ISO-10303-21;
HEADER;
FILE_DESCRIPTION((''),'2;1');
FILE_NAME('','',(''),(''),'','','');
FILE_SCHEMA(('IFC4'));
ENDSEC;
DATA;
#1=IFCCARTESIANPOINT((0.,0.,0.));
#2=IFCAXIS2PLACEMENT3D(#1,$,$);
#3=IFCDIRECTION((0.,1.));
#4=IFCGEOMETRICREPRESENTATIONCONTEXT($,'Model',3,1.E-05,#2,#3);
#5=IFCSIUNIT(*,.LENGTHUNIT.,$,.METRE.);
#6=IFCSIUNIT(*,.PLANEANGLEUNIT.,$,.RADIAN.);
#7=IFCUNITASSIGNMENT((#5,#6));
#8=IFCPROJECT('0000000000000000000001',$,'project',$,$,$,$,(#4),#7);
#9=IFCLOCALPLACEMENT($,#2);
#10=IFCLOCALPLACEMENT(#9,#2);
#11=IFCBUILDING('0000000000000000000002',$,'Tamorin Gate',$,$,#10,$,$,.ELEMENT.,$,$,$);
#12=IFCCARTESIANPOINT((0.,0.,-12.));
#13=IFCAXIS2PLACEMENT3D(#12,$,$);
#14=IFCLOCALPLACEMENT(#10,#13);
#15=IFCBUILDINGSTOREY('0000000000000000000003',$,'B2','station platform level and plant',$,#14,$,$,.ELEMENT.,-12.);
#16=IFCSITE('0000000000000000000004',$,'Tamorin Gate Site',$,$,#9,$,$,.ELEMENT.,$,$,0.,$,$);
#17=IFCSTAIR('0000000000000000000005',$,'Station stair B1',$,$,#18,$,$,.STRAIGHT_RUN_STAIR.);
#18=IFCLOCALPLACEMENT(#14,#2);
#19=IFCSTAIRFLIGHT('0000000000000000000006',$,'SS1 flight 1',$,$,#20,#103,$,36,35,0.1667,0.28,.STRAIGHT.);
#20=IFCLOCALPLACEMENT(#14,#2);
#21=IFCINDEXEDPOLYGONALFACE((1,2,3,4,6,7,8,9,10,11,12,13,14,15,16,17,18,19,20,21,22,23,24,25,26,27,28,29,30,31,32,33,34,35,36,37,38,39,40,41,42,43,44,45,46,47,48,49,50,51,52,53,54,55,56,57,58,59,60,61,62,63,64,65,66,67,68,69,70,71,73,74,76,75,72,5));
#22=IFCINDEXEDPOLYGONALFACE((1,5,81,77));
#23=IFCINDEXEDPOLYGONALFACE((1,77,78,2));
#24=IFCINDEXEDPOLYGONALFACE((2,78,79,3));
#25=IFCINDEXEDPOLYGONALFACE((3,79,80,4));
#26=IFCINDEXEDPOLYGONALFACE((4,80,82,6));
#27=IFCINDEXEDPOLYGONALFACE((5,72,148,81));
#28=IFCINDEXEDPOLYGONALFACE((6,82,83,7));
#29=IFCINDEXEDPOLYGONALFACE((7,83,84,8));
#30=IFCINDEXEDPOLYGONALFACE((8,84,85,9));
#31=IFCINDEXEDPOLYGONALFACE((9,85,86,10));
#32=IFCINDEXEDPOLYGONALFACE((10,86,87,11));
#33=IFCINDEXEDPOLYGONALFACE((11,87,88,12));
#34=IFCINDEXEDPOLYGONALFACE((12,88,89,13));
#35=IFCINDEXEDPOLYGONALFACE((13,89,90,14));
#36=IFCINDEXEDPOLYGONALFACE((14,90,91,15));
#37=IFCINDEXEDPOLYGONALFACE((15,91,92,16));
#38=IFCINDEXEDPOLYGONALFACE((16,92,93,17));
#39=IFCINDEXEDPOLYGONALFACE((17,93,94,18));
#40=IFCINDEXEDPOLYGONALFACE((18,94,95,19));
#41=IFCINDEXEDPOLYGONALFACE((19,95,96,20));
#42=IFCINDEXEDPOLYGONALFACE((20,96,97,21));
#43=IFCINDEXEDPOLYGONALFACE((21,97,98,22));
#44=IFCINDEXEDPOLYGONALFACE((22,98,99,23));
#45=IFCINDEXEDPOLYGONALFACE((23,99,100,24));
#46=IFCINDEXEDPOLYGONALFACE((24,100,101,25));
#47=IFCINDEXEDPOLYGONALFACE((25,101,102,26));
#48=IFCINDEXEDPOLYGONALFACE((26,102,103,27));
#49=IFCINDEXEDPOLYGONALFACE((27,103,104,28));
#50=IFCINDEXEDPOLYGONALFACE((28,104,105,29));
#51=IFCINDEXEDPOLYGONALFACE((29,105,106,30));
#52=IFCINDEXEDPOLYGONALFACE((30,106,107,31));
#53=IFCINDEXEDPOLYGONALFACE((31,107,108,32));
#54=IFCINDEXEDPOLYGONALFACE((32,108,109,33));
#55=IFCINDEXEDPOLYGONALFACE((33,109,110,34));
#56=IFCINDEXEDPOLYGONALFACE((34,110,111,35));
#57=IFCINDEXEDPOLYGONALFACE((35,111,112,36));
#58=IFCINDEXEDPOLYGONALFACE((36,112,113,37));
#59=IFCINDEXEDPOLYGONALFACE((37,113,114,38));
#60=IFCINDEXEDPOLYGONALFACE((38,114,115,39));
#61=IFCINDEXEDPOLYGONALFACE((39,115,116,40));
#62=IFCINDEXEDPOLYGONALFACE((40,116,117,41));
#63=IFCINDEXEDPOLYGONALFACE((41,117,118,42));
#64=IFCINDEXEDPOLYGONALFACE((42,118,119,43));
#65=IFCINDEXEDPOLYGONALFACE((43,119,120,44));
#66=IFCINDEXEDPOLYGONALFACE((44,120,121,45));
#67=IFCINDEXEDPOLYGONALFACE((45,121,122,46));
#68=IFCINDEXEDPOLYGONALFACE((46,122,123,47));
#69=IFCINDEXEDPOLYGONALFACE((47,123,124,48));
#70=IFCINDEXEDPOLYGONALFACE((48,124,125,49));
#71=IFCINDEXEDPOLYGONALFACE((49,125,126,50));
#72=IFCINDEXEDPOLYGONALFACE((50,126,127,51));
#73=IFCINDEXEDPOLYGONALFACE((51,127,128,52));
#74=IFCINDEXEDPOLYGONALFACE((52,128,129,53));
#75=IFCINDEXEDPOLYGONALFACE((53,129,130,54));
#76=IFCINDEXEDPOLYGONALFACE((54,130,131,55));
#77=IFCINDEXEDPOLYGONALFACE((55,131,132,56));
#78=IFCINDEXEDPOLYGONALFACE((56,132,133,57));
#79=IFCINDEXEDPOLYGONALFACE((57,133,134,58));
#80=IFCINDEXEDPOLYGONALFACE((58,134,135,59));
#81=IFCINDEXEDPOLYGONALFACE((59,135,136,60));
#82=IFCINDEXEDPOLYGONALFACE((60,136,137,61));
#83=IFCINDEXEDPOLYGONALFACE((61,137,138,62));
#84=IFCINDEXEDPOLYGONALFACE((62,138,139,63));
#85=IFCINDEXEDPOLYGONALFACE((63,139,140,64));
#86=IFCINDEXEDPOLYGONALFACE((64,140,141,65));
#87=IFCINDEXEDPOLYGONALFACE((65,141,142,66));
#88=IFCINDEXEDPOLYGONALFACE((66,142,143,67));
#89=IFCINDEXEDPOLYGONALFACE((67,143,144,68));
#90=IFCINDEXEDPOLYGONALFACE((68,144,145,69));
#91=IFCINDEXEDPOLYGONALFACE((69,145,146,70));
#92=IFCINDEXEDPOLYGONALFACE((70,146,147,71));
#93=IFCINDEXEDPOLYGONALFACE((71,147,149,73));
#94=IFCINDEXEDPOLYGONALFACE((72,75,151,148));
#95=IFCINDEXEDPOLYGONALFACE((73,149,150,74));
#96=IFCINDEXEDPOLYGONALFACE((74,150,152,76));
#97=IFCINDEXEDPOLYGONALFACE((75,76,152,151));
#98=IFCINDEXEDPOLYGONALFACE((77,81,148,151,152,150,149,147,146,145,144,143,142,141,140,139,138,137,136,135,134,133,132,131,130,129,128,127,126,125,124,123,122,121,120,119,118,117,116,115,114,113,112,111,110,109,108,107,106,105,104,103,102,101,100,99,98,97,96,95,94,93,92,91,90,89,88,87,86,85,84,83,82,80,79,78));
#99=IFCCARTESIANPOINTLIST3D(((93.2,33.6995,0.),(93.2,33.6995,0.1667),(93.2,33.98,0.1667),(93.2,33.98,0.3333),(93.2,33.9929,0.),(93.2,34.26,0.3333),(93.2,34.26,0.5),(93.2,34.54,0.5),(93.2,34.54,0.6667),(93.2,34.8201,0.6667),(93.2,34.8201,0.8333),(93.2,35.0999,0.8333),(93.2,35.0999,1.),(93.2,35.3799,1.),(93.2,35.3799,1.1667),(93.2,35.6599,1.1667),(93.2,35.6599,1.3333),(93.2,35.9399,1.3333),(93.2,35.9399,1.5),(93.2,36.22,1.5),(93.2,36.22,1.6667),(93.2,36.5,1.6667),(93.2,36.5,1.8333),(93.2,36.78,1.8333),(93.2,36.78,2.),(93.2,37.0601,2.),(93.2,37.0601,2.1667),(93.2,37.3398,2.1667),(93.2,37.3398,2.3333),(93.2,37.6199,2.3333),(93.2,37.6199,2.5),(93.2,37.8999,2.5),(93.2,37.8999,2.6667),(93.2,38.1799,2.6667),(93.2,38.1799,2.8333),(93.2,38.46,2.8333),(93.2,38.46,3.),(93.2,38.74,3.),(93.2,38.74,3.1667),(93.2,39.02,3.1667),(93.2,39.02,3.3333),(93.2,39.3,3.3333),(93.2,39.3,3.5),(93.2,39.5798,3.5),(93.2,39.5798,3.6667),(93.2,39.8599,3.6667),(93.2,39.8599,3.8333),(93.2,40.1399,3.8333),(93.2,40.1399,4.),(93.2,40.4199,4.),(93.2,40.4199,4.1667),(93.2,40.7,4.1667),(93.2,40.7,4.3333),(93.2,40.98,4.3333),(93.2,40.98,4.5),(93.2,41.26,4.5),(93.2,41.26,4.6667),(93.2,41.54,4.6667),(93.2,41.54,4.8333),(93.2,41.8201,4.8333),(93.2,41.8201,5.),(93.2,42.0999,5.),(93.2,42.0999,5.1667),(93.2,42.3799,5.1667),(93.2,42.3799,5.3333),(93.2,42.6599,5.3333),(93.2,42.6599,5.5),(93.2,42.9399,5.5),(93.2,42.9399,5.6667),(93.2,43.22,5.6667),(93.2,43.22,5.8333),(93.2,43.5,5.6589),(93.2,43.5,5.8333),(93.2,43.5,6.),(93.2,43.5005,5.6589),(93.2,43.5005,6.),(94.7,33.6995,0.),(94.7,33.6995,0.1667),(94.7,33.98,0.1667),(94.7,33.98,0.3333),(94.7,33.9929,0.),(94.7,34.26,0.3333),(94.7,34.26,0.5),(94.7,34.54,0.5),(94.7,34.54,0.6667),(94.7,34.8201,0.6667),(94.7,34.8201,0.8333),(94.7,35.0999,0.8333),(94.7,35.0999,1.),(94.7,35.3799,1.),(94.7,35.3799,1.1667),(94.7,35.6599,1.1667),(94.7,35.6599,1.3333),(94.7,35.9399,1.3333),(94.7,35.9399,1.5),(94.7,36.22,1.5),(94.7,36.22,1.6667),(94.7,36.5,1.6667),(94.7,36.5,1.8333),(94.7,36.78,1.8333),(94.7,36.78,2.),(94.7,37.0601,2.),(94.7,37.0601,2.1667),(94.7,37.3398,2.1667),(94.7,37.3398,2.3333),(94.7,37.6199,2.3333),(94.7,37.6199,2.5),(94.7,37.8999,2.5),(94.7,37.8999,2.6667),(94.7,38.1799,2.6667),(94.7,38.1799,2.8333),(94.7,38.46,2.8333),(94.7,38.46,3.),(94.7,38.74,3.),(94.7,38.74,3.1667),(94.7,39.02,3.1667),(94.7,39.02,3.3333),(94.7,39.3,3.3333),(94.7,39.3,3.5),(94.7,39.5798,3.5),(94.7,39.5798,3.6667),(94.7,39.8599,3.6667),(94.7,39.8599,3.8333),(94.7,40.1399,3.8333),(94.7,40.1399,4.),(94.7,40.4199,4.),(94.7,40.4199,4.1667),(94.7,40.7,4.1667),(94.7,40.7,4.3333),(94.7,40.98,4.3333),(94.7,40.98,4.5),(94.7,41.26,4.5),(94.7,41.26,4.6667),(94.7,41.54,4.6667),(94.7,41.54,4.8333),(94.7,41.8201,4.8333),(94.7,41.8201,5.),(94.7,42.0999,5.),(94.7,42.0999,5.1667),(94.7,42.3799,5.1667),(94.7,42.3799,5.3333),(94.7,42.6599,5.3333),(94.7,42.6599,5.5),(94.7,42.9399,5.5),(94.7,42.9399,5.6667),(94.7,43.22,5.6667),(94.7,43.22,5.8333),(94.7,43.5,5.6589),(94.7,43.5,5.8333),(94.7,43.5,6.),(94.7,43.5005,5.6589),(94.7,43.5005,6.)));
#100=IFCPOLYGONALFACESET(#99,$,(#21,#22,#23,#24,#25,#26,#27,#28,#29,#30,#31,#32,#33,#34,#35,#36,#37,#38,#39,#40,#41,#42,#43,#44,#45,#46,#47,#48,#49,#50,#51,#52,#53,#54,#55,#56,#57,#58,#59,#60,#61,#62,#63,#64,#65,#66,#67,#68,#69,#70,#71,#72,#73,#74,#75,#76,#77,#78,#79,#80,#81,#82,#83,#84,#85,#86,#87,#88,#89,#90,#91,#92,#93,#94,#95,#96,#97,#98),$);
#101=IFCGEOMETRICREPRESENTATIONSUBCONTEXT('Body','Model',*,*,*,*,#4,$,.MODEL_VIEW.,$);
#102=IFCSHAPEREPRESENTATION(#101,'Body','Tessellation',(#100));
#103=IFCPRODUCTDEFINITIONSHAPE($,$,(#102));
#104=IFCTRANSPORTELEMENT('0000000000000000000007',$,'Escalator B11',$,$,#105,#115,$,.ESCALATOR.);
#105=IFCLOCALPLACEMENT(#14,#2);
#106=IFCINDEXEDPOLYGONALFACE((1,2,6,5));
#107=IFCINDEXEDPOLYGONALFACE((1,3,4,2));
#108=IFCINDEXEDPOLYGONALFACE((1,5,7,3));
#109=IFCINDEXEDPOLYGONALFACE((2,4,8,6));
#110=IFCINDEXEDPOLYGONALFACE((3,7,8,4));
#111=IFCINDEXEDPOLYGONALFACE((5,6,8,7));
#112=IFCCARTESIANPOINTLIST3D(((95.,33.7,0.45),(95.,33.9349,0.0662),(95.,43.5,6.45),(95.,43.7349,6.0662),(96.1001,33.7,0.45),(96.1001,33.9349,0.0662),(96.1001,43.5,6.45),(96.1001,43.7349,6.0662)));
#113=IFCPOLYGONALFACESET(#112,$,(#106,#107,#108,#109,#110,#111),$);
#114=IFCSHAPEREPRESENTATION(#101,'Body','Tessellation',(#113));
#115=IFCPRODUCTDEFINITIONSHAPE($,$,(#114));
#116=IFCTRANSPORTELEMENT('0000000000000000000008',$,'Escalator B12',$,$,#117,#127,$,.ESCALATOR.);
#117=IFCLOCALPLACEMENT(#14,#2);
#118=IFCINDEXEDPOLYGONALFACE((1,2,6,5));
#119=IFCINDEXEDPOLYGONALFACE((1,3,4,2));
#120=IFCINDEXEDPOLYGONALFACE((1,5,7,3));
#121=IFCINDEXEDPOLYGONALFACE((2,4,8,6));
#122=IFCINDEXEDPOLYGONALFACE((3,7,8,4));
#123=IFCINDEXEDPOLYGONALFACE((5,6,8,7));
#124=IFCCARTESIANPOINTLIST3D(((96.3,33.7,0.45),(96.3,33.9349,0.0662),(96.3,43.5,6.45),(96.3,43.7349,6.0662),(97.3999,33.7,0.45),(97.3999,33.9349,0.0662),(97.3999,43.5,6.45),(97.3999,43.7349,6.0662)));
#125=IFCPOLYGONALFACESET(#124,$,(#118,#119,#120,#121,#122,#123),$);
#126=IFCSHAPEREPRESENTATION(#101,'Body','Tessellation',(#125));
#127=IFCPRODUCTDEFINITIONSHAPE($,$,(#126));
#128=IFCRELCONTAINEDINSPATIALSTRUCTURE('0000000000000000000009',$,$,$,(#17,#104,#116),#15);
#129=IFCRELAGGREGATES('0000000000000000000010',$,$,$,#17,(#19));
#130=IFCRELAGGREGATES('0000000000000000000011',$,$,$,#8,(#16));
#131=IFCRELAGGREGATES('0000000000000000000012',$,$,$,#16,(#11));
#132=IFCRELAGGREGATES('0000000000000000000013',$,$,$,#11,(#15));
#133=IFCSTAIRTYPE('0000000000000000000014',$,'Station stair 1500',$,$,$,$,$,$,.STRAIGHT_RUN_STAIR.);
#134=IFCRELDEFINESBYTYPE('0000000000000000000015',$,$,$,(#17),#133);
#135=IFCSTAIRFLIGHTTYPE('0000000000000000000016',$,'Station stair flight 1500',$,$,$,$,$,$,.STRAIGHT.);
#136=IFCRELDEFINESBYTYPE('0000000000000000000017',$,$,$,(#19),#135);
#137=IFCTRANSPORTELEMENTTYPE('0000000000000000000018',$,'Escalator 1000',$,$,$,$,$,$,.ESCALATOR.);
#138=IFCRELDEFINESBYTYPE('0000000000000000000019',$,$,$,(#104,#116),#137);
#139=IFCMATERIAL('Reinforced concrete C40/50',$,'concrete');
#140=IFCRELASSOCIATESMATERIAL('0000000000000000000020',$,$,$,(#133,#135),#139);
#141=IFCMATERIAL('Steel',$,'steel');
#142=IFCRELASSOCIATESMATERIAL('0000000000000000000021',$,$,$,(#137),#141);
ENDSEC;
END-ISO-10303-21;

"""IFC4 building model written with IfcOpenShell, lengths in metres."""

from ifc_helpers import new_model, si_unit, direction, frame, origin, place, context, subcontext, project, spatial, polyline, outline, extrude, material, type_object, element, aggregate, save


model = new_model("IFC4")

# Units and contexts
model_context = context("Model", 3, precision=1e-05, world=origin(), true_north=direction((0.0, 1.0)))
body_context = subcontext(model_context, "Body", "Model", "MODEL_VIEW")
ifc_project = project(units=[si_unit("LENGTHUNIT", "METRE"), si_unit("PLANEANGLEUNIT", "RADIAN")], contexts=[model_context])

# Site, building, storey
site_placement = place(None, origin())
site = spatial("IfcSite", under=ifc_project, at=site_placement, Name="Tamorin Gate Site", CompositionType="ELEMENT", RefElevation=0.0)
building_placement = place(site_placement, origin())
building = spatial("IfcBuilding", under=site, at=building_placement, Name="Tamorin Gate", CompositionType="ELEMENT")
storey_placement = place(building_placement, frame((0.0, 0.0, -12.0)))
storey = spatial("IfcBuildingStorey", under=building, at=storey_placement, Name="B2", Description="station platform level and plant", CompositionType="ELEMENT", Elevation=-12.0)

# Stair, stair flight
ifc_material_1 = material(Name="Reinforced concrete C40/50", Category="concrete")
stair_type = type_object("IfcStairType", Name="Station stair 1500", PredefinedType="STRAIGHT_RUN_STAIR", material=ifc_material_1)
stair_placement = place(storey_placement, origin())
stair = element("IfcStair", 1, at=stair_placement, inside=storey, type_object=stair_type, Name="Station stair B1", PredefinedType="STRAIGHT_RUN_STAIR")
stair_flight_type = type_object("IfcStairFlightType", Name="Station stair flight 1500", PredefinedType="STRAIGHT", material=ifc_material_1)
stair_flight_placement = place(storey_placement, frame((93.95, 33.7, 0.0), z_axis=(0.0, 0.0, 1.0), x_axis=(0.0, 1.0, 0.0)))
stair_flight = element("IfcStairFlight", 2, at=stair_flight_placement, type_object=stair_flight_type, Name="SS1 flight 1", NumberOfRisers=36, NumberOfTreads=35, PredefinedType="STRAIGHT", RiserHeight=0.1667, TreadLength=0.28, context=body_context, shape_type="SweptSolid", body=[
    extrude(outline(polyline([(-0.0005, 0.0), (-0.0005, 0.1667), (0.28, 0.1667), (0.28, 0.3333), (0.5601, 0.3333), (0.5601, 0.5), (0.8401, 0.5), (0.8401, 0.6667), (1.1201, 0.6667), (1.1201, 0.8333), (1.3999, 0.8333), (1.3999, 1.0), (1.6799, 1.0), (1.6799, 1.1667), (1.96, 1.1667), (1.96, 1.3333), (2.24, 1.3333), (2.24, 1.5), (2.52, 1.5), (2.52, 1.6667), (2.8, 1.6667), (2.8, 1.8333), (3.0801, 1.8333), (3.0801, 2.0), (3.3601, 2.0), (3.3601, 2.1667), (3.6399, 2.1667), (3.6399, 2.3333), (3.9199, 2.3333), (3.9199, 2.5), (4.2, 2.5), (4.2, 2.6667), (4.48, 2.6667), (4.48, 2.8333), (4.76, 2.8333), (4.76, 3.0), (5.04, 3.0), (5.04, 3.1667), (5.3201, 3.1667), (5.3201, 3.3333), (5.6001, 3.3333), (5.6001, 3.5), (5.8799, 3.5), (5.8799, 3.6667), (6.1599, 3.6667), (6.1599, 3.8333), (6.4399, 3.8333), (6.4399, 4.0), (6.72, 4.0), (6.72, 4.1667), (7.0, 4.1667), (7.0, 4.3333), (7.28, 4.3333), (7.28, 4.5), (7.5601, 4.5), (7.5601, 4.6667), (7.8401, 4.6667), (7.8401, 4.8333), (8.1201, 4.8333), (8.1201, 5.0), (8.3999, 5.0), (8.3999, 5.1667), (8.6799, 5.1667), (8.6799, 5.3333), (8.96, 5.3333), (8.96, 5.5), (9.24, 5.5), (9.24, 5.6667), (9.52, 5.6667), (9.52, 5.8333), (9.8, 5.8333), (9.8, 6.0), (9.8005, 6.0), (9.8005, 5.6589), (9.8, 5.6589), (0.293, 0.0), (-0.0005, 0.0)])), frame((0.0, 0.75, 0.0), z_axis=(0.0, -1.0, 0.0), x_axis=(1.0, 0.0, 0.0)), (0.0, 0.0, 1.0), 1.5),
])
aggregate(stair, [stair_flight])

# Transport elements
ifc_material_2 = material(Name="Steel", Category="steel")
transport_element_type = type_object("IfcTransportElementType", Name="Escalator 1000", PredefinedType="ESCALATOR", material=ifc_material_2)
transport_element_1_placement = place(storey_placement, frame((95.0, 33.7, 0.45), z_axis=(0.0, -0.522152, 0.852852), x_axis=(1.0, 0.0, 0.0)))
element("IfcTransportElement", 3, at=transport_element_1_placement, inside=storey, type_object=transport_element_type, Name="Escalator B11", PredefinedType="ESCALATOR", context=body_context, shape_type="SweptSolid", body=[
    extrude(outline(polyline([(0.0, 0.0), (1.1001, 0.0), (1.1001, 11.4909), (0.0, 11.4909), (0.0, 0.0)])), origin(), (0.0, 0.0, -1.0), 0.45),
])
transport_element_2_placement = place(storey_placement, frame((96.3, 33.7, 0.45), z_axis=(0.0, -0.522152, 0.852852), x_axis=(1.0, 0.0, 0.0)))
element("IfcTransportElement", 4, at=transport_element_2_placement, inside=storey, type_object=transport_element_type, Name="Escalator B12", PredefinedType="ESCALATOR", context=body_context, shape_type="SweptSolid", body=[
    extrude(outline(polyline([(0.0, 0.0), (1.0999, 0.0), (1.0999, 11.4909), (0.0, 11.4909), (0.0, 0.0)])), origin(), (0.0, 0.0, -1.0), 0.45),
])

save(model, "model.ifc")
